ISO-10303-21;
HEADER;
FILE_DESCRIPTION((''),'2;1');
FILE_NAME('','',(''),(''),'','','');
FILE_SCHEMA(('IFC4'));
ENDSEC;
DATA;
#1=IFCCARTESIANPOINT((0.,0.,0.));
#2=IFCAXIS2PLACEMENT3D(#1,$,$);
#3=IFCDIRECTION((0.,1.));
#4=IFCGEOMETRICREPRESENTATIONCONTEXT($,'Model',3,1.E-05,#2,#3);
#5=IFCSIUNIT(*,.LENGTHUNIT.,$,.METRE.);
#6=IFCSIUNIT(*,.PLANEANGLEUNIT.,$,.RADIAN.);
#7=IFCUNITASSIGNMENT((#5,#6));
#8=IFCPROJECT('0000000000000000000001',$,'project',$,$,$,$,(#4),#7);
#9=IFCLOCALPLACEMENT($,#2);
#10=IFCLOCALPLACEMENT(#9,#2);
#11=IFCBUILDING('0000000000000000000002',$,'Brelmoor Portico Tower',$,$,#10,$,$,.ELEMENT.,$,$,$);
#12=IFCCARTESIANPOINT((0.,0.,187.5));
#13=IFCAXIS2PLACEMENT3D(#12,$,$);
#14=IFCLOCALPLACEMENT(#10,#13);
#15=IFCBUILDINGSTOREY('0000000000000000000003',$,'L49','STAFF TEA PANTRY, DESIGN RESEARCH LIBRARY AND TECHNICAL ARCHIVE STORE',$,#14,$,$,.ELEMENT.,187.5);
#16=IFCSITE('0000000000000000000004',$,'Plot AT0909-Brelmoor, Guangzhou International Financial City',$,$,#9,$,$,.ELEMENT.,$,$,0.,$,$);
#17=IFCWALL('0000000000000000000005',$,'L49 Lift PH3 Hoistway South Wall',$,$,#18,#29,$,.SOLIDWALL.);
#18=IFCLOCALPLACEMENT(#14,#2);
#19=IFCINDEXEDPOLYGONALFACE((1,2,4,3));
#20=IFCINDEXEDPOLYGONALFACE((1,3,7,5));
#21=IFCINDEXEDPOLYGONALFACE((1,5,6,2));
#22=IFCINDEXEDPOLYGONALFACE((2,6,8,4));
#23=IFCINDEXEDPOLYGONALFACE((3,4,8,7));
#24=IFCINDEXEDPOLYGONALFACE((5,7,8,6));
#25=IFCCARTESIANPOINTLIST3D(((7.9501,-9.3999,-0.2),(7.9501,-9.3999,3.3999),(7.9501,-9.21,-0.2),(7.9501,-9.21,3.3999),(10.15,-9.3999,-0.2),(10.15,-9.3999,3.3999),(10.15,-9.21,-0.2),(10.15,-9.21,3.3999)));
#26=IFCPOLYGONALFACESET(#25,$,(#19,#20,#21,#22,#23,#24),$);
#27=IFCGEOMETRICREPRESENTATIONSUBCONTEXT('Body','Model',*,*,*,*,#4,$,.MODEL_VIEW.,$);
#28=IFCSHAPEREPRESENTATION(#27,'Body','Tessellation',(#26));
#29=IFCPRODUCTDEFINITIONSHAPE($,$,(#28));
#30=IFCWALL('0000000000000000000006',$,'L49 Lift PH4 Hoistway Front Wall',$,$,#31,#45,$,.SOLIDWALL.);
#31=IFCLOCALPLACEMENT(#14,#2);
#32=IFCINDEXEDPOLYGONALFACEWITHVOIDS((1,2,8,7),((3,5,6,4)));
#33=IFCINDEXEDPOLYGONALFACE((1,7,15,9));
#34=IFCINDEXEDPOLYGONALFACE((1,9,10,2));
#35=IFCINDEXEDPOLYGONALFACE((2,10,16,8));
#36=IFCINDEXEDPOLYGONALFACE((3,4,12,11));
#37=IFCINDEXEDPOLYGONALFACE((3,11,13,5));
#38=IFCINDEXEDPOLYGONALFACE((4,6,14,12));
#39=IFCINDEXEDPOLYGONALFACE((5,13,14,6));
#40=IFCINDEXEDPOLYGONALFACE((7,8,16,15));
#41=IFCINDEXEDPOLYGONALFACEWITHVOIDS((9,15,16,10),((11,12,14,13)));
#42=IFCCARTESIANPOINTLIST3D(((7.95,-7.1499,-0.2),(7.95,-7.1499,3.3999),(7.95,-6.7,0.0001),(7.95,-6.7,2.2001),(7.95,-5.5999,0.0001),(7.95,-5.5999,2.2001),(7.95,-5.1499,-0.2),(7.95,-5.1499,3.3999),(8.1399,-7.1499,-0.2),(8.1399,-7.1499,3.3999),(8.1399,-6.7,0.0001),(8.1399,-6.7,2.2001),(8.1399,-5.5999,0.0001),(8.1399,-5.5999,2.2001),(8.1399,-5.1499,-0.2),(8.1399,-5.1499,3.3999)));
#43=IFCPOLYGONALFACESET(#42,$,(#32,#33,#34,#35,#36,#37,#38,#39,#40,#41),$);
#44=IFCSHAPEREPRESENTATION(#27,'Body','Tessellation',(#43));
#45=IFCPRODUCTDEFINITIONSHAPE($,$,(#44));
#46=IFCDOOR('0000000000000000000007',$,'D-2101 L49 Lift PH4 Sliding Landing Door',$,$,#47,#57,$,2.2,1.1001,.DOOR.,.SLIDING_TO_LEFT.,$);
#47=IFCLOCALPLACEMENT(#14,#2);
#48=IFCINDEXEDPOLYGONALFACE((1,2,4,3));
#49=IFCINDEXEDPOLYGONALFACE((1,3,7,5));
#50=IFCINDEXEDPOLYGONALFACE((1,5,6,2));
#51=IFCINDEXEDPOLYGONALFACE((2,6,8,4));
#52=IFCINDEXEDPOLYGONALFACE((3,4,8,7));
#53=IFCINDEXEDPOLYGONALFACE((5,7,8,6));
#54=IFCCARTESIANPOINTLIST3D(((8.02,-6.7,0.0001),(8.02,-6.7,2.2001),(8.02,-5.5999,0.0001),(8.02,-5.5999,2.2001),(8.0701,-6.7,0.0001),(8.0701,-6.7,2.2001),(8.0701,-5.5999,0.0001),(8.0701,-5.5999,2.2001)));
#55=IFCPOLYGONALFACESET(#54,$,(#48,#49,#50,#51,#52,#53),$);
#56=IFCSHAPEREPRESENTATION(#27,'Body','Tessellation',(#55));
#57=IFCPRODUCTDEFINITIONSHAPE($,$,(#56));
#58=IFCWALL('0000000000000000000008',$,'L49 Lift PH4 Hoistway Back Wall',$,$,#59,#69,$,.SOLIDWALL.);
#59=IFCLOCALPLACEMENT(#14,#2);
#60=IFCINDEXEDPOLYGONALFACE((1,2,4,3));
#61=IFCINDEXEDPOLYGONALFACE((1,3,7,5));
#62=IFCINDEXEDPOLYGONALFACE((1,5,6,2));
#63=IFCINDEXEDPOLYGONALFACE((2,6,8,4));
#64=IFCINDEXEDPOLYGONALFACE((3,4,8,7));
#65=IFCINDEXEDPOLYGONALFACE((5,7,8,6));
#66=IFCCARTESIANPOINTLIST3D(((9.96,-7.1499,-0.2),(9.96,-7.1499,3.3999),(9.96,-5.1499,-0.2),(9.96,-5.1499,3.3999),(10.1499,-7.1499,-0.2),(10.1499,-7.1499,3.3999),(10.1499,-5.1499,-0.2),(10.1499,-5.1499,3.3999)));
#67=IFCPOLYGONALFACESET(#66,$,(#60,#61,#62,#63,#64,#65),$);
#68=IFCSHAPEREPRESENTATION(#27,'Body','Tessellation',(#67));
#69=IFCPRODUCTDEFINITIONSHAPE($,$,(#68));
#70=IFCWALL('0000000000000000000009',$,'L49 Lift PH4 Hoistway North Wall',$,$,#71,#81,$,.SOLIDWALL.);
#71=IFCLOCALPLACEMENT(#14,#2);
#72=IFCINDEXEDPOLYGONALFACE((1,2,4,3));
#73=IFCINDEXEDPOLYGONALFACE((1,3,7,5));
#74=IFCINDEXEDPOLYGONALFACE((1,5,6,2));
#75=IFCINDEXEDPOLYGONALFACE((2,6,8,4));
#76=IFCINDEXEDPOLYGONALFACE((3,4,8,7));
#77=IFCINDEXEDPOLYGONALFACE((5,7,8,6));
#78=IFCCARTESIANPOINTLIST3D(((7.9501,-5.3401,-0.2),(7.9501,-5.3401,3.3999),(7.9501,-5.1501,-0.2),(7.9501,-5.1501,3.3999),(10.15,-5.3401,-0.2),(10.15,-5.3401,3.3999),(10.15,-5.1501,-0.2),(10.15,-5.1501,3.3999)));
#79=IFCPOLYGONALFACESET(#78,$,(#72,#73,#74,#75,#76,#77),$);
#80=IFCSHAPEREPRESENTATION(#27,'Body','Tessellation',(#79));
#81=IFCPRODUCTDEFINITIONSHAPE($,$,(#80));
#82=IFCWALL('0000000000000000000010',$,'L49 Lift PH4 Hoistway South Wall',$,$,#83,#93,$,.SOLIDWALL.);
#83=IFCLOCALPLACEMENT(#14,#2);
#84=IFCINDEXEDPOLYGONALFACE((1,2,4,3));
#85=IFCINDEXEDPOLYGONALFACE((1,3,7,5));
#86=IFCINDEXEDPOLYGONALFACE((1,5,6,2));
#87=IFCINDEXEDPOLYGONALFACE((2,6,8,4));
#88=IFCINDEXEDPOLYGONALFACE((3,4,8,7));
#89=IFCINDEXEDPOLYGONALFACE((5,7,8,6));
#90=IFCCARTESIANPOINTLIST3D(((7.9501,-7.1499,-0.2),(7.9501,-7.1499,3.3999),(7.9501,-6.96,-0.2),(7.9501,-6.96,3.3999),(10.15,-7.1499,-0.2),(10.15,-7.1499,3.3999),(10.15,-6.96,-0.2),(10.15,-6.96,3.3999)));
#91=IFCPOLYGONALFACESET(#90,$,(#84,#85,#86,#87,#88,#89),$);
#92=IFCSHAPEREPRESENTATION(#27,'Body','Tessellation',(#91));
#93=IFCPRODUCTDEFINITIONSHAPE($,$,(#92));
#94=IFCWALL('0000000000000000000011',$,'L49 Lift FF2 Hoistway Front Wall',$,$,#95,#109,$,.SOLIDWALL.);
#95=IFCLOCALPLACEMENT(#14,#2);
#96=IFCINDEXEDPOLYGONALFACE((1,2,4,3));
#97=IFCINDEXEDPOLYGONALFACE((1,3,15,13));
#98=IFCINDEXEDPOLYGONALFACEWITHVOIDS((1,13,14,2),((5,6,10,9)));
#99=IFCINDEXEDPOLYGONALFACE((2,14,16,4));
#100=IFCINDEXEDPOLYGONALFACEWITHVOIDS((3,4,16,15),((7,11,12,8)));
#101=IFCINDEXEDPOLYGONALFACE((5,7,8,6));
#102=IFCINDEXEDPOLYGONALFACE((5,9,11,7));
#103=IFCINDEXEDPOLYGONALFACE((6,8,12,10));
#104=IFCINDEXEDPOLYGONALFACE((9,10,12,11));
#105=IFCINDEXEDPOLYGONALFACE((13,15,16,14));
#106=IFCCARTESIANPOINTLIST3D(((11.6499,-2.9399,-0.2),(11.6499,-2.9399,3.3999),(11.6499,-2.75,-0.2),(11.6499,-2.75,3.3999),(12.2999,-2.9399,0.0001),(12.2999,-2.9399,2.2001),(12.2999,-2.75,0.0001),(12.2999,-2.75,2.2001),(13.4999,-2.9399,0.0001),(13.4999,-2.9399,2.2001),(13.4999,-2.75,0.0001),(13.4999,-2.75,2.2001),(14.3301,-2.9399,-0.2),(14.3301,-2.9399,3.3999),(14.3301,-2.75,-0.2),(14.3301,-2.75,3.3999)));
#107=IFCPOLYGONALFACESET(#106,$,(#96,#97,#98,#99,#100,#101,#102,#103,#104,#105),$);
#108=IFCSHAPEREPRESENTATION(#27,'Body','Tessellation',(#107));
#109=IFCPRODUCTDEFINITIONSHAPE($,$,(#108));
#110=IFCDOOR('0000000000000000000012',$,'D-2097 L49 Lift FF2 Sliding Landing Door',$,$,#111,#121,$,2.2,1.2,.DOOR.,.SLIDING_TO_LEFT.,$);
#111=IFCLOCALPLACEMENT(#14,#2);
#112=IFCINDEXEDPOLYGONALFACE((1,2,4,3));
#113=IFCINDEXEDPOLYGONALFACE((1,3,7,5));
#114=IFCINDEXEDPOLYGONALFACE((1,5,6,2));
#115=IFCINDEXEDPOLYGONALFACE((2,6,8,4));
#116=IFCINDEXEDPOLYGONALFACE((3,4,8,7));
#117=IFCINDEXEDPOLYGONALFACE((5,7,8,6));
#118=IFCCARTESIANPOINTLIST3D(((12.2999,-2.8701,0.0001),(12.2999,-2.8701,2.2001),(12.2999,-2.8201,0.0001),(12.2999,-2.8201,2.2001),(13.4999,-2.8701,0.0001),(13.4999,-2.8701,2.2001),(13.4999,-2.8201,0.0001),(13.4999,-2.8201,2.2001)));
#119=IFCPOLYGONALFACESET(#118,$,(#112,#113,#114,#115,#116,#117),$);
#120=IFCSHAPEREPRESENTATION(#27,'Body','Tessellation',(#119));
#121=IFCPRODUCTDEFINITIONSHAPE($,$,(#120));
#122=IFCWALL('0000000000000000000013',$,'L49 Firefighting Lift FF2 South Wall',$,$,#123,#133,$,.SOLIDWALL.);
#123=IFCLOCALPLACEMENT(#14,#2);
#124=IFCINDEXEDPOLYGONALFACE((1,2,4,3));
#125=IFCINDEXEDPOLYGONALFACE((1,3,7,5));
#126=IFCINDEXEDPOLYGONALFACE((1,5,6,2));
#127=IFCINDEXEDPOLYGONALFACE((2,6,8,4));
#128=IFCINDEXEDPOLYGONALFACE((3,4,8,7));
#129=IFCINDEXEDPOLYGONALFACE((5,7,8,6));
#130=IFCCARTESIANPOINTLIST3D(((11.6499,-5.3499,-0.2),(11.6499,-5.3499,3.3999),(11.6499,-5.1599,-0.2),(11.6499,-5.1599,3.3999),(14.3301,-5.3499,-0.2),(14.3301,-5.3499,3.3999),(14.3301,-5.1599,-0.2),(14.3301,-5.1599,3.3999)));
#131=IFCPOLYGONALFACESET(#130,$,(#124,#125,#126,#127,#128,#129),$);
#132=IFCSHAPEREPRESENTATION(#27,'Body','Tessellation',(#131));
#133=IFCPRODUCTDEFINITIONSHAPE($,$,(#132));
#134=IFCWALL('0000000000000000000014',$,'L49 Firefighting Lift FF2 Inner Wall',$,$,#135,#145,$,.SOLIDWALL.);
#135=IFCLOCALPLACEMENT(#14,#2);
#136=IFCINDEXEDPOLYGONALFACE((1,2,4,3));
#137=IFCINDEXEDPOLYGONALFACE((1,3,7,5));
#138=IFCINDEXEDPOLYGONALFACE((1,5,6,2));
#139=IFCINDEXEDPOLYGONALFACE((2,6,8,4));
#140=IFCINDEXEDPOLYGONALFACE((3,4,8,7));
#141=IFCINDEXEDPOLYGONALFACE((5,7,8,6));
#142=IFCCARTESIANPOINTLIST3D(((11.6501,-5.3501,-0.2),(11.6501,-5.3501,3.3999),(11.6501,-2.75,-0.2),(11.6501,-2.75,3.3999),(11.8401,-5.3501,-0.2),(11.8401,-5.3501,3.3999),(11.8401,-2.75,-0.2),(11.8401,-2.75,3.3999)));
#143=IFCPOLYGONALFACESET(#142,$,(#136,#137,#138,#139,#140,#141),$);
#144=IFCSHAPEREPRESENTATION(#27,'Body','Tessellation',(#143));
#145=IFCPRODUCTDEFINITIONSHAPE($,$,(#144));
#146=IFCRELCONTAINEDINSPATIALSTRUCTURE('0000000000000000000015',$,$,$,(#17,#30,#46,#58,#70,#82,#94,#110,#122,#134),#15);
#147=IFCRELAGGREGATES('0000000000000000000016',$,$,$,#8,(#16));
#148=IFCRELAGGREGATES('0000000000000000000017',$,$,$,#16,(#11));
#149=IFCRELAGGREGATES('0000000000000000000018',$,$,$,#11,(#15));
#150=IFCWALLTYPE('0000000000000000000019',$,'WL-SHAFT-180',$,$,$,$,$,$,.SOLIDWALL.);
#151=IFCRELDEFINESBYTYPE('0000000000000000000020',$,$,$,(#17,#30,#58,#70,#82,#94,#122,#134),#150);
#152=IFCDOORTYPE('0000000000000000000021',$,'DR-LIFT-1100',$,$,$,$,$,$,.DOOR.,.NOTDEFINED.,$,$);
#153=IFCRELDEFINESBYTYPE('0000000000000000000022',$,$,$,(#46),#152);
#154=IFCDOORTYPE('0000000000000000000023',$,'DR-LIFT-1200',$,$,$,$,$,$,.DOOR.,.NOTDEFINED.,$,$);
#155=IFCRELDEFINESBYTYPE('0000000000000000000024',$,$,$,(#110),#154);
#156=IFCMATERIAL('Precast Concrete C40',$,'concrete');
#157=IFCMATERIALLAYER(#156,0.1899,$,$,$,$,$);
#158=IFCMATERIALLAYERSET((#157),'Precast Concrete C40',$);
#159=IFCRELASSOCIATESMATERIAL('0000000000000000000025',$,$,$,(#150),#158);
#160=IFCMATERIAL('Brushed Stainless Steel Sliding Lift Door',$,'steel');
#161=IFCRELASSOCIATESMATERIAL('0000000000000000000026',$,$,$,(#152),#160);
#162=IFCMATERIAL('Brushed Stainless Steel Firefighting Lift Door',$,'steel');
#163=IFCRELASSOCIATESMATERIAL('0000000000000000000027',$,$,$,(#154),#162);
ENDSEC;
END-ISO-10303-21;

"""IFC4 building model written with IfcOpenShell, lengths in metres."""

from ifc_helpers import new_model, si_unit, direction, frame, frame_2d, origin, place, context, subcontext, project, spatial, rectangle, extrude, material, layer, layer_set, type_object, element, fill, save


model = new_model("IFC4")

# Units and contexts
model_context = context("Model", 3, precision=1e-05, world=origin(), true_north=direction((0.0, 1.0)))
body_context = subcontext(model_context, "Body", "Model", "MODEL_VIEW")
ifc_project = project(units=[si_unit("LENGTHUNIT", "METRE"), si_unit("PLANEANGLEUNIT", "RADIAN")], contexts=[model_context])

# Site, building, storey
site_placement = place(None, origin())
site = spatial("IfcSite", under=ifc_project, at=site_placement, Name="Plot AT0909-Brelmoor, Guangzhou International Financial City", CompositionType="ELEMENT", RefElevation=0.0)
building_placement = place(site_placement, origin())
building = spatial("IfcBuilding", under=site, at=building_placement, Name="Brelmoor Portico Tower", CompositionType="ELEMENT")
storey_placement = place(building_placement, frame((0.0, 0.0, 187.5)))
storey = spatial("IfcBuildingStorey", under=building, at=storey_placement, Name="L49", Description="STAFF TEA PANTRY, DESIGN RESEARCH LIBRARY AND TECHNICAL ARCHIVE STORE", CompositionType="ELEMENT", Elevation=187.5)

# Wall
ifc_material_1 = material(Name="Precast Concrete C40", Category="concrete")
ifc_layer_1 = layer(ifc_material_1, 0.1899)
ifc_layer_set_1 = layer_set([ifc_layer_1], Name="Precast Concrete C40")
wall_type_1 = type_object("IfcWallType", Name="WL-SHAFT-180", PredefinedType="SOLIDWALL", material=ifc_layer_set_1)
for number, where, z_axis, x_axis, name in (
    (1, (7.95, -9.3049, -0.2), (0.0, 0.0, 1.0), (1.0, 0.0, 0.0), "L49 Lift PH3 Hoistway South Wall"),
):
    element("IfcWall", number, at=place(storey_placement, frame(where, z_axis=z_axis, x_axis=x_axis)), inside=storey, type_object=wall_type_1, Name=name, PredefinedType="SOLIDWALL", context=body_context, shape_type="SweptSolid", body=[
        extrude(rectangle(XDim=2.2, YDim=0.1899, at=frame_2d((1.1001, 0.0))), origin(), (0.0, 0.0, 1.0), 3.5999),
    ])

# Wall, opening, door
wall_1_placement = place(storey_placement, frame((8.0449, -7.1499, -0.2), z_axis=(0.0, 0.0, 1.0), x_axis=(0.0, 1.0, 0.0)))
wall_1 = element("IfcWall", 2, at=wall_1_placement, inside=storey, type_object=wall_type_1, Name="L49 Lift PH4 Hoistway Front Wall", PredefinedType="SOLIDWALL", context=body_context, shape_type="SweptSolid", body=[
    extrude(rectangle(XDim=2.0, YDim=0.1899, at=frame_2d((1.0, 0.0))), origin(), (0.0, 0.0, 1.0), 3.5999),
])
opening_1_placement = place(wall_1_placement, frame((0.45, 0.0, 0.2)))
opening_1 = element("IfcOpeningElement", 3, at=opening_1_placement, cuts=wall_1, PredefinedType="OPENING", context=body_context, shape_type="SweptSolid", body=[
    extrude(rectangle(XDim=1.1001, YDim=2.2, at=frame_2d((0.55, 1.1001))), frame((0.0, 0.105, 0.0), z_axis=(0.0, -1.0, 0.0), x_axis=(1.0, 0.0, 0.0)), (0.0, 0.0, 1.0), 0.21),
])
ifc_material_2 = material(Name="Brushed Stainless Steel Sliding Lift Door", Category="steel")
door_type_1 = type_object("IfcDoorType", Name="DR-LIFT-1100", OperationType="NOTDEFINED", PredefinedType="DOOR", material=ifc_material_2)
door_1_placement = place(opening_1_placement, origin())
door_1 = element("IfcDoor", 4, at=door_1_placement, inside=storey, type_object=door_type_1, Name="D-2101 L49 Lift PH4 Sliding Landing Door", OperationType="SLIDING_TO_LEFT", OverallHeight=2.2, OverallWidth=1.1001, PredefinedType="DOOR", context=body_context, shape_type="SweptSolid", body=[
    extrude(rectangle(XDim=1.1001, YDim=2.2, at=frame_2d((0.55, 1.1001))), frame((0.0, 0.0249, 0.0), z_axis=(0.0, -1.0, 0.0), x_axis=(1.0, 0.0, 0.0)), (0.0, 0.0, 1.0), 0.05),
])
fill(opening_1, door_1)

# Walls
wall_2_placement = place(storey_placement, frame((10.0549, -7.1499, -0.2), z_axis=(0.0, 0.0, 1.0), x_axis=(0.0, 1.0, 0.0)))
element("IfcWall", 5, at=wall_2_placement, inside=storey, type_object=wall_type_1, Name="L49 Lift PH4 Hoistway Back Wall", PredefinedType="SOLIDWALL", context=body_context, shape_type="SweptSolid", body=[
    extrude(rectangle(XDim=2.0, YDim=0.1899, at=frame_2d((1.0, 0.0))), origin(), (0.0, 0.0, 1.0), 3.5999),
])
for number, where, z_axis, x_axis, name in (
    (6, (7.95, -5.2451, -0.2), (0.0, 0.0, 1.0), (1.0, 0.0, 0.0), "L49 Lift PH4 Hoistway North Wall"),
    (7, (7.95, -7.0549, -0.2), (0.0, 0.0, 1.0), (1.0, 0.0, 0.0), "L49 Lift PH4 Hoistway South Wall"),
):
    element("IfcWall", number, at=place(storey_placement, frame(where, z_axis=z_axis, x_axis=x_axis)), inside=storey, type_object=wall_type_1, Name=name, PredefinedType="SOLIDWALL", context=body_context, shape_type="SweptSolid", body=[
        extrude(rectangle(XDim=2.2, YDim=0.1899, at=frame_2d((1.1001, 0.0))), origin(), (0.0, 0.0, 1.0), 3.5999),
    ])

# Wall, opening, door
wall_3_placement = place(storey_placement, frame((11.6499, -2.845, -0.2), z_axis=(0.0, 0.0, 1.0), x_axis=(1.0, 0.0, 0.0)))
wall_3 = element("IfcWall", 8, at=wall_3_placement, inside=storey, type_object=wall_type_1, Name="L49 Lift FF2 Hoistway Front Wall", PredefinedType="SOLIDWALL", context=body_context, shape_type="SweptSolid", body=[
    extrude(rectangle(XDim=2.6802, YDim=0.1899, at=frame_2d((1.3401, 0.0))), origin(), (0.0, 0.0, 1.0), 3.5999),
])
opening_2_placement = place(wall_3_placement, frame((0.6499, 0.0, 0.2)))
opening_2 = element("IfcOpeningElement", 9, at=opening_2_placement, cuts=wall_3, PredefinedType="OPENING", context=body_context, shape_type="SweptSolid", body=[
    extrude(rectangle(XDim=1.2, YDim=2.2, at=frame_2d((0.6001, 1.1001))), frame((0.0, 0.105, 0.0), z_axis=(0.0, -1.0, 0.0), x_axis=(1.0, 0.0, 0.0)), (0.0, 0.0, 1.0), 0.21),
])
ifc_material_3 = material(Name="Brushed Stainless Steel Firefighting Lift Door", Category="steel")
door_type_2 = type_object("IfcDoorType", Name="DR-LIFT-1200", OperationType="NOTDEFINED", PredefinedType="DOOR", material=ifc_material_3)
door_2_placement = place(opening_2_placement, origin())
door_2 = element("IfcDoor", 10, at=door_2_placement, inside=storey, type_object=door_type_2, Name="D-2097 L49 Lift FF2 Sliding Landing Door", OperationType="SLIDING_TO_LEFT", OverallHeight=2.2, OverallWidth=1.2, PredefinedType="DOOR", context=body_context, shape_type="SweptSolid", body=[
    extrude(rectangle(XDim=1.2, YDim=2.2, at=frame_2d((0.6001, 1.1001))), frame((0.0, 0.0249, 0.0), z_axis=(0.0, -1.0, 0.0), x_axis=(1.0, 0.0, 0.0)), (0.0, 0.0, 1.0), 0.05),
])
fill(opening_2, door_2)

# Walls
wall_4_placement = place(storey_placement, frame((11.6499, -5.2549, -0.2), z_axis=(0.0, 0.0, 1.0), x_axis=(1.0, 0.0, 0.0)))
element("IfcWall", 11, at=wall_4_placement, inside=storey, type_object=wall_type_1, Name="L49 Firefighting Lift FF2 South Wall", PredefinedType="SOLIDWALL", context=body_context, shape_type="SweptSolid", body=[
    extrude(rectangle(XDim=2.6802, YDim=0.1899, at=frame_2d((1.3401, 0.0))), origin(), (0.0, 0.0, 1.0), 3.5999),
])
wall_5_placement = place(storey_placement, frame((11.7451, -5.3501, -0.2), z_axis=(0.0, 0.0, 1.0), x_axis=(0.0, 1.0, 0.0)))
element("IfcWall", 12, at=wall_5_placement, inside=storey, type_object=wall_type_1, Name="L49 Firefighting Lift FF2 Inner Wall", PredefinedType="SOLIDWALL", context=body_context, shape_type="SweptSolid", body=[
    extrude(rectangle(XDim=2.6001, YDim=0.1899, at=frame_2d((1.3, 0.0))), origin(), (0.0, 0.0, 1.0), 3.5999),
])

save(model, "model.ifc")
